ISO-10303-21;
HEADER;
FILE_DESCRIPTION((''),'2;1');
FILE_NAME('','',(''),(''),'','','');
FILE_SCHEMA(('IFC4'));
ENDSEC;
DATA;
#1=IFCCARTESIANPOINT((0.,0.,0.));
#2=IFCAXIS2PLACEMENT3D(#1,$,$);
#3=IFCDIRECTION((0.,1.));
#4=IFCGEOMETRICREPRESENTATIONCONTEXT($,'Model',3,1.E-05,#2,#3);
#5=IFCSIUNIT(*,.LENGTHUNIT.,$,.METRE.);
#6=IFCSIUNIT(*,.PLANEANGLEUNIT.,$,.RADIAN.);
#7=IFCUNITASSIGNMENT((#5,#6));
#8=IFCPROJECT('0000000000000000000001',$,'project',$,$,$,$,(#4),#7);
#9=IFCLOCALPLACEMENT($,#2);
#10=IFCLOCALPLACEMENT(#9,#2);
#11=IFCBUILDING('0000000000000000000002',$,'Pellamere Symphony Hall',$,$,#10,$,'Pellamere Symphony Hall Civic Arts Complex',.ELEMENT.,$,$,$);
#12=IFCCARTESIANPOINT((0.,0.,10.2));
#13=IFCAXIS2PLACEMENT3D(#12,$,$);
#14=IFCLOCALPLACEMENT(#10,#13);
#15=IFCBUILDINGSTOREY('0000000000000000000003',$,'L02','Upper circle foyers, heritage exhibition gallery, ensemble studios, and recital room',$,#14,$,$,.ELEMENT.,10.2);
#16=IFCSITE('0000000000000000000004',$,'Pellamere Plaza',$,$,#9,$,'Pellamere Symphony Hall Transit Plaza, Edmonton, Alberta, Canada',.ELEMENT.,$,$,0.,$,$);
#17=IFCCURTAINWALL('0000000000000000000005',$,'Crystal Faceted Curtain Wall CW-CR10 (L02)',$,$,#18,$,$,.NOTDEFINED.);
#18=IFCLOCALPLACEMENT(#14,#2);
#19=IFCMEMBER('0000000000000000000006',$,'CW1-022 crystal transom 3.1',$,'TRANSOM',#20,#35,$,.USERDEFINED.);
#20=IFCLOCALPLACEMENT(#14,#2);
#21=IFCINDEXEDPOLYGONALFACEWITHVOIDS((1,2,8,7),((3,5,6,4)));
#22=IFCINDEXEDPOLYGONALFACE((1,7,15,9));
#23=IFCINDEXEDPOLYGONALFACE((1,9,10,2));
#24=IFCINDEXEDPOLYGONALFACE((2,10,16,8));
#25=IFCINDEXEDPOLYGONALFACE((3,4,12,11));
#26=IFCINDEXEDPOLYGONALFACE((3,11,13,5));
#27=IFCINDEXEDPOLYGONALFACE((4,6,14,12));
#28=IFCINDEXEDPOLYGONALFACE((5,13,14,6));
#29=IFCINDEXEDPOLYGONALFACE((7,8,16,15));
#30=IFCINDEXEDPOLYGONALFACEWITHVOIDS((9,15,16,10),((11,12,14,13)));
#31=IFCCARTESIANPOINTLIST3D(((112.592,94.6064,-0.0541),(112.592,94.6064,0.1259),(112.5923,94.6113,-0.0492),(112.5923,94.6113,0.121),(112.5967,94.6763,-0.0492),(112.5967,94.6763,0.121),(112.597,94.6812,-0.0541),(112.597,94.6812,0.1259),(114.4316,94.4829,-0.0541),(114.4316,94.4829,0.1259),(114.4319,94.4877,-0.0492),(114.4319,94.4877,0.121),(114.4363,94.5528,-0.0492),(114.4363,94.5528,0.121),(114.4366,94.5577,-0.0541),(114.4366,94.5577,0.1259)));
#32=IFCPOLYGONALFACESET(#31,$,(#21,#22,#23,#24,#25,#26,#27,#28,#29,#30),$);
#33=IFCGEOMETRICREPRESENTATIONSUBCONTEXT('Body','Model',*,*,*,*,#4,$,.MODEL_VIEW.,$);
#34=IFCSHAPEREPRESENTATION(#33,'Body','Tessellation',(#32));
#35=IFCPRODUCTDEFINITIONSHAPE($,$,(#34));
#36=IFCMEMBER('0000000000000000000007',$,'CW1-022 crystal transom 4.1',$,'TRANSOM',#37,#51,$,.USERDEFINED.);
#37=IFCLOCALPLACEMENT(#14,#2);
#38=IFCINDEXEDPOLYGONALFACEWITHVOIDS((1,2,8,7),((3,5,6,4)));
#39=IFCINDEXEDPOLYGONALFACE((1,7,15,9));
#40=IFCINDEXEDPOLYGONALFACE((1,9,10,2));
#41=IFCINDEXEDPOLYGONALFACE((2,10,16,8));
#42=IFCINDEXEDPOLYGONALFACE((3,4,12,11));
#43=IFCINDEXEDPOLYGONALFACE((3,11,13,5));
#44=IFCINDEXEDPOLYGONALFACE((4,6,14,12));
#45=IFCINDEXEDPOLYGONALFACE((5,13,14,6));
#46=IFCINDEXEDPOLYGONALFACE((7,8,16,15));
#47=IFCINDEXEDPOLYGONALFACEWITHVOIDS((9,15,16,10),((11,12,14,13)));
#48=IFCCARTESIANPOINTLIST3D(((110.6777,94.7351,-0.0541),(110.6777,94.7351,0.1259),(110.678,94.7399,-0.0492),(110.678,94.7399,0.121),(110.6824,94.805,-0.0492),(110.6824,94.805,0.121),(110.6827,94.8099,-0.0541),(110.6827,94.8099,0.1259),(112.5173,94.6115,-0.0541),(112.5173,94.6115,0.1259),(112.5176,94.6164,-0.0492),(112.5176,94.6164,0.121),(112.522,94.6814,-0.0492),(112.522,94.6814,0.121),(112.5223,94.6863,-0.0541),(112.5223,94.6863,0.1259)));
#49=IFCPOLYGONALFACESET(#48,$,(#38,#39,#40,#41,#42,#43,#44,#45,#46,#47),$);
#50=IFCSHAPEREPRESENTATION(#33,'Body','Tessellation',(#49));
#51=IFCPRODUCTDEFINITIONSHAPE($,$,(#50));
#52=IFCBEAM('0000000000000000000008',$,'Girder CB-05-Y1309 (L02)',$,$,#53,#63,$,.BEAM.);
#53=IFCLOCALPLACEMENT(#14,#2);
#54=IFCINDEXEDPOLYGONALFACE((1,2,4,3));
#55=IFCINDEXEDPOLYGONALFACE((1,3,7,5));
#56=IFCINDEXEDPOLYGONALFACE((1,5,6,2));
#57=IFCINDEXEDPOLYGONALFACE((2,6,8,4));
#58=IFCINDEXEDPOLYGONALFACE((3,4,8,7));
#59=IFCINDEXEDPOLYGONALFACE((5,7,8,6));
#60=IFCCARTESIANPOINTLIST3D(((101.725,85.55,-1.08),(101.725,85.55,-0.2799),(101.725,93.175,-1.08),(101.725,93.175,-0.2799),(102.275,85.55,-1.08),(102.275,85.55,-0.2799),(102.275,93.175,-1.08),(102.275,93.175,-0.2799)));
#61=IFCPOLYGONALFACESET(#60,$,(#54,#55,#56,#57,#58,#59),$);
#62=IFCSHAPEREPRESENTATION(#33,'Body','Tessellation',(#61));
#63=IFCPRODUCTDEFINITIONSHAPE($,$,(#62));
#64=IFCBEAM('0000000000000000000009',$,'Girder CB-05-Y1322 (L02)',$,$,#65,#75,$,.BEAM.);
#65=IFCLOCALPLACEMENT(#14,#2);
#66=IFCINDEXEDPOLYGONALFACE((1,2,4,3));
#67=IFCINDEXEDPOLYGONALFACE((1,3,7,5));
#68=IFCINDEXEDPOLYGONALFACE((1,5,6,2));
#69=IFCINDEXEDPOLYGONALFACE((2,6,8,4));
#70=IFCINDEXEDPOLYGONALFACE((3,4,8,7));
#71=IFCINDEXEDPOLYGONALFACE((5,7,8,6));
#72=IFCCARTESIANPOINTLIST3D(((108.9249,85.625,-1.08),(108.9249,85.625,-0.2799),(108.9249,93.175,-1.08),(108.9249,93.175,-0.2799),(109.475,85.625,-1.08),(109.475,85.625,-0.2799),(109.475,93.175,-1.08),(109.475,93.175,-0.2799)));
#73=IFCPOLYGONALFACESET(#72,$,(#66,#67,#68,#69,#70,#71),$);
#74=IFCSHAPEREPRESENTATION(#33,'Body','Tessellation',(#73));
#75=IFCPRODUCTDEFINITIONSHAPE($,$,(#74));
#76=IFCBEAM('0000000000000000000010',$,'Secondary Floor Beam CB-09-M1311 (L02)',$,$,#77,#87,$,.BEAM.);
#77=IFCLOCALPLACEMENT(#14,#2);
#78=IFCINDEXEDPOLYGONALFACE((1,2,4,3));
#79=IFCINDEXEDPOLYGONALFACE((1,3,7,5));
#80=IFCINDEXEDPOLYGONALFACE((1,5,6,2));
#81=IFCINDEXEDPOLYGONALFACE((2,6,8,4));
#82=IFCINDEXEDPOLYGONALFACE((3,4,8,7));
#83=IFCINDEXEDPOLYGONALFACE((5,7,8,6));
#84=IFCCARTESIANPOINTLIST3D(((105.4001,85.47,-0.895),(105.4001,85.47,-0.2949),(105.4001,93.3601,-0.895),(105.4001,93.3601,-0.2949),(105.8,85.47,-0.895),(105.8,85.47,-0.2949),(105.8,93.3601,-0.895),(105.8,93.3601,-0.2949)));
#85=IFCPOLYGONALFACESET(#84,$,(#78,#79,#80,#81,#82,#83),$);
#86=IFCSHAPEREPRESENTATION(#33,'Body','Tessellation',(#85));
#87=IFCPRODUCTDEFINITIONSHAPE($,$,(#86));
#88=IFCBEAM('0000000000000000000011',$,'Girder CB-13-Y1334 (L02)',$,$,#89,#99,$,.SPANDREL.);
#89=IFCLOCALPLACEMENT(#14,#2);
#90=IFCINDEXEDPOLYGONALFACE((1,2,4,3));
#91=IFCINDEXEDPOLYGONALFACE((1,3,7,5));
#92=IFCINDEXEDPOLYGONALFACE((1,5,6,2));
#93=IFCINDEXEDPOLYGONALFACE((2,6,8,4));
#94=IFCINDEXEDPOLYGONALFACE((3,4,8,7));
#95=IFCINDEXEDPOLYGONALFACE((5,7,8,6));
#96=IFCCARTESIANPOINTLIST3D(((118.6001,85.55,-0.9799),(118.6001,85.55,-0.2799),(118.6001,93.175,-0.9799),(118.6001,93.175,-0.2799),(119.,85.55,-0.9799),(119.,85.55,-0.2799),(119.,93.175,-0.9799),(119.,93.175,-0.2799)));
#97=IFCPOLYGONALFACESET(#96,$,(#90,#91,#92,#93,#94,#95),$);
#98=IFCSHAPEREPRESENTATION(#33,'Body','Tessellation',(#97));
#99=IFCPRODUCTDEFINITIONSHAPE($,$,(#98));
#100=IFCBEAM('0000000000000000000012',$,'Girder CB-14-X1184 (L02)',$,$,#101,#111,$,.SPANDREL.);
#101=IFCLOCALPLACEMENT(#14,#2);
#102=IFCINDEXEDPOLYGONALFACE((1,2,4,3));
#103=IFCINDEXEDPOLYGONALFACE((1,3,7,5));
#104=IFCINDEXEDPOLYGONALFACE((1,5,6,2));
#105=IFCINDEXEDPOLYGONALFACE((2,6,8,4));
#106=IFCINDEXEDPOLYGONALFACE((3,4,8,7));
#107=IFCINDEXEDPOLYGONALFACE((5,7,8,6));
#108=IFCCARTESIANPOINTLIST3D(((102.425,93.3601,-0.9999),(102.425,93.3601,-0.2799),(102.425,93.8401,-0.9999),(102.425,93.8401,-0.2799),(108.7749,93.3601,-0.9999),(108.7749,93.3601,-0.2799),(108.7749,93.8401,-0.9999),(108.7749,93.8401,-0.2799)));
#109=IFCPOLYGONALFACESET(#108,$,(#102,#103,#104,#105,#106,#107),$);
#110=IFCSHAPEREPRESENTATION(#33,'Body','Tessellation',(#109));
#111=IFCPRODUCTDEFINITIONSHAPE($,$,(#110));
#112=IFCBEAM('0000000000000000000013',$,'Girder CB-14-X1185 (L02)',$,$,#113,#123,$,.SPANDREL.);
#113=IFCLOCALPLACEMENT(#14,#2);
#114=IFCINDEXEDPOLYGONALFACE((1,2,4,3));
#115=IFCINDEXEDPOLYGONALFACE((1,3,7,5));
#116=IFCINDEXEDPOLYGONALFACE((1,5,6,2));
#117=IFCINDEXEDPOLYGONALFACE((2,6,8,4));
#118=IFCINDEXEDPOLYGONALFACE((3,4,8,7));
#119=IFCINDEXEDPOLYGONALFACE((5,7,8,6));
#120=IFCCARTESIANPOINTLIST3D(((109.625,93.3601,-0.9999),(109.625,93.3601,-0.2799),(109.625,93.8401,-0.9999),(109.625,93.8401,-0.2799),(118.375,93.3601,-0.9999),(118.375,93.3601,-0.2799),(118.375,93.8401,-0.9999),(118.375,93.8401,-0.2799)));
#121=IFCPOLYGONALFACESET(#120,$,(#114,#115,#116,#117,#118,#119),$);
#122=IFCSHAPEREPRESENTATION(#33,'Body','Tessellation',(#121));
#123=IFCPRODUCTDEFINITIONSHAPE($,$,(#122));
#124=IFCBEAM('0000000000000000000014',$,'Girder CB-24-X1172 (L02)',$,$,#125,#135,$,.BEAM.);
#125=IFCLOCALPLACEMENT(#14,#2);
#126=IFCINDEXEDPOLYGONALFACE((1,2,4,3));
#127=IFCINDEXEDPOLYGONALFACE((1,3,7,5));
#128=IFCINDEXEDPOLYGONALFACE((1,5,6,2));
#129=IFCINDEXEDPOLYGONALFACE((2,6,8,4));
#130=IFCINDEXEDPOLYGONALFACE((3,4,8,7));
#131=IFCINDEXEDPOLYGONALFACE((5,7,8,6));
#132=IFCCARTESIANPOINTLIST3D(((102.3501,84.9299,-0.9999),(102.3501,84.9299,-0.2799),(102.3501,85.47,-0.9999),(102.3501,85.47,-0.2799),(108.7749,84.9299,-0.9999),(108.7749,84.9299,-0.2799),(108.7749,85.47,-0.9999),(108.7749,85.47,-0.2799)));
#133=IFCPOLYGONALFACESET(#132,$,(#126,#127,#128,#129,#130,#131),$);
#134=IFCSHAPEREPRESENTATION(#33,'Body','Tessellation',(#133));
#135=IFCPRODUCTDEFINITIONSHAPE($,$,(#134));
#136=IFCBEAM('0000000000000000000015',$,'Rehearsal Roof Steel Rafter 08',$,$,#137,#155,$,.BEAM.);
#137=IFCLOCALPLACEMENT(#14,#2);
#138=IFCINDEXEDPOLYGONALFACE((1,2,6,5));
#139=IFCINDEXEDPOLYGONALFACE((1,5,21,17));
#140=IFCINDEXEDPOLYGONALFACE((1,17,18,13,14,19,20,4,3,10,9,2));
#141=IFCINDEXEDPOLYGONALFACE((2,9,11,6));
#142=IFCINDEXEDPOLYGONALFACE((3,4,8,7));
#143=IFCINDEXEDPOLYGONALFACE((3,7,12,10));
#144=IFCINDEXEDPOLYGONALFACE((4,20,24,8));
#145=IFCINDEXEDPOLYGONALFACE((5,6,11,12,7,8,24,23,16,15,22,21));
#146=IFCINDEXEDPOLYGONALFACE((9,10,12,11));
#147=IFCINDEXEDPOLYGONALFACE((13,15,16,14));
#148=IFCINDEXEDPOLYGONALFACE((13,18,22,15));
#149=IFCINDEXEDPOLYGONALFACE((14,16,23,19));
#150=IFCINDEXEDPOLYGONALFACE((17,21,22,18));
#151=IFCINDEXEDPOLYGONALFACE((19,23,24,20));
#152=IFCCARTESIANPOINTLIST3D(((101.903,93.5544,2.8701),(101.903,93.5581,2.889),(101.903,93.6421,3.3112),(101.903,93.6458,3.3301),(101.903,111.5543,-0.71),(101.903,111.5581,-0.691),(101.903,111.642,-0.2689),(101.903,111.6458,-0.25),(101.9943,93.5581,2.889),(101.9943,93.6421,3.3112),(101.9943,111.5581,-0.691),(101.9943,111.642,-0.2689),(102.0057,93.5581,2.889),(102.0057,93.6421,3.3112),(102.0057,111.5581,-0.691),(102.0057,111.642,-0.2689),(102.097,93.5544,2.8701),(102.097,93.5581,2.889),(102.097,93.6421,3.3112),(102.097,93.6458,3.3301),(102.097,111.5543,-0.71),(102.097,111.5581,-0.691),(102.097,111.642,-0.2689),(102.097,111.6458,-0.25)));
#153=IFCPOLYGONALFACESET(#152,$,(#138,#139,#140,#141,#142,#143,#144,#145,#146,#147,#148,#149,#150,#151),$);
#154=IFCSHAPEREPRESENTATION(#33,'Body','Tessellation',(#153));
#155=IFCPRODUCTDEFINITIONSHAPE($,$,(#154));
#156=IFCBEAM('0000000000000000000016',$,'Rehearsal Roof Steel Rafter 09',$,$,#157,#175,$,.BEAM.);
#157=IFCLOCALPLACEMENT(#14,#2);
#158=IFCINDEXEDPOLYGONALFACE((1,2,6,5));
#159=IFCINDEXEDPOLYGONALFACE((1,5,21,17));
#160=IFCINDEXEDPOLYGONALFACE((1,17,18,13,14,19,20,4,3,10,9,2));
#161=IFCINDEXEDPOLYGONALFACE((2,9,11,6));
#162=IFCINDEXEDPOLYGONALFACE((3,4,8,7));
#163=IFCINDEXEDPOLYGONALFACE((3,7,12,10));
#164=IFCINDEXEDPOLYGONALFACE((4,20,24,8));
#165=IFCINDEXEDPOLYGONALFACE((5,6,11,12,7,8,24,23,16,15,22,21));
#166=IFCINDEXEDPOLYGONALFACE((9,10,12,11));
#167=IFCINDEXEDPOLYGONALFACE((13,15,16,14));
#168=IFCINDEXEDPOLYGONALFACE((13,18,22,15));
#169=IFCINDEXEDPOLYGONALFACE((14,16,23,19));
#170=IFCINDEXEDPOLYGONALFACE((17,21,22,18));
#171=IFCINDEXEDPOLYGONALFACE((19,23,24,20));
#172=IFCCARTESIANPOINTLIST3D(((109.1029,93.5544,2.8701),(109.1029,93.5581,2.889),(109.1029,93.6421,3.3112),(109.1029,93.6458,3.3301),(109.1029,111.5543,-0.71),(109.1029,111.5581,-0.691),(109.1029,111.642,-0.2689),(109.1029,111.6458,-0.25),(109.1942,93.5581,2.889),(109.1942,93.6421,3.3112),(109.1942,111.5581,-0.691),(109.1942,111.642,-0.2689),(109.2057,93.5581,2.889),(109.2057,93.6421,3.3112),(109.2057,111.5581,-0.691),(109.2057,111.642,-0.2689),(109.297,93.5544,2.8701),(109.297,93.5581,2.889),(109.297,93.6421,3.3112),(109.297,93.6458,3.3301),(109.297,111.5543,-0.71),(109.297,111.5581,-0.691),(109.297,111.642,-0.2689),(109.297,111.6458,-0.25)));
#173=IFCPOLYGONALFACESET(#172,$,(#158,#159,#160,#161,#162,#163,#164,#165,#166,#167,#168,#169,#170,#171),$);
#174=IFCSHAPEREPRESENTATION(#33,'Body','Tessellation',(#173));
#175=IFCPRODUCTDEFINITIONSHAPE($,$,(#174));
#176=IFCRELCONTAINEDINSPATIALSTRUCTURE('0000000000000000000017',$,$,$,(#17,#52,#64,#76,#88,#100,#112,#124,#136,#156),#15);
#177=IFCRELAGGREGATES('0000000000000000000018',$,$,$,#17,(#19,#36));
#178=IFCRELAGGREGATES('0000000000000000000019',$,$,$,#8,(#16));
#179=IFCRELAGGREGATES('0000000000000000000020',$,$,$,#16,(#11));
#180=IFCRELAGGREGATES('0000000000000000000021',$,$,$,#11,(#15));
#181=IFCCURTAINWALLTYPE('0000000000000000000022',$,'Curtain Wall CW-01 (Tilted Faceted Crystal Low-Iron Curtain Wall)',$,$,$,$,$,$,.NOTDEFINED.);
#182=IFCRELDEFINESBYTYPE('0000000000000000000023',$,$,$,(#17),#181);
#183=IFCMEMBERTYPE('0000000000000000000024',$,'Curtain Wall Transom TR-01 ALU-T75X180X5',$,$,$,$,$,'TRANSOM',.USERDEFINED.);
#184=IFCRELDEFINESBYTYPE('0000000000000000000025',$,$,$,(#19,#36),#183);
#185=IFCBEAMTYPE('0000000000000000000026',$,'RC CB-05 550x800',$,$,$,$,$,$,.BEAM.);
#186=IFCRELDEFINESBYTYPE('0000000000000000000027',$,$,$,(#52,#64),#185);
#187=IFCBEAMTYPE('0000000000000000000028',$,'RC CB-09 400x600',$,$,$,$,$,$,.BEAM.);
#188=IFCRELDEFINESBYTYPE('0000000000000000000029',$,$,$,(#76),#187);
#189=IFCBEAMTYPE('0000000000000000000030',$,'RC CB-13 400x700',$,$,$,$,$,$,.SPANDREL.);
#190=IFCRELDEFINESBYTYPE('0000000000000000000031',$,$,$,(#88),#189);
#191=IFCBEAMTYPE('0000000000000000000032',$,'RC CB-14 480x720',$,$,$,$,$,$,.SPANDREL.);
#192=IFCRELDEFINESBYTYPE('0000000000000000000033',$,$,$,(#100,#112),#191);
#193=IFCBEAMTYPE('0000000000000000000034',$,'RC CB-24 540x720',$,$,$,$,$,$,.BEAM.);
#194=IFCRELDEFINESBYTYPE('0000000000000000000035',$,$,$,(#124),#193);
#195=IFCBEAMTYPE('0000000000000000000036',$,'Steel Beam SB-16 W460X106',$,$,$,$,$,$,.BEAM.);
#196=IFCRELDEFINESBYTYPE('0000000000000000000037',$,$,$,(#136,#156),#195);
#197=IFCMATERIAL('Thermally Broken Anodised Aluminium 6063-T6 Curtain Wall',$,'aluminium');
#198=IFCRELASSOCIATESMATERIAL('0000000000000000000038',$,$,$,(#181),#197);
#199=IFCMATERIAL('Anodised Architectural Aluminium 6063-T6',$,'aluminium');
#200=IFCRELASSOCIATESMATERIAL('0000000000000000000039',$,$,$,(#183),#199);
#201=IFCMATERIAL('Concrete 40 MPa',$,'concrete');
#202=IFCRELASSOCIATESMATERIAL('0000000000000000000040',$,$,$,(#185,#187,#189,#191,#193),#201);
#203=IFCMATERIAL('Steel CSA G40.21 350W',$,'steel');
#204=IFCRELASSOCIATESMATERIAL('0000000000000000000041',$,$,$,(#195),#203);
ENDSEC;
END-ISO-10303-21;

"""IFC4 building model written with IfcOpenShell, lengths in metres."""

from ifc_helpers import new_model, si_unit, direction, frame, origin, origin_2d, place, context, subcontext, project, spatial, rectangle, hollow_rectangle, i_section, extrude, material, material_profile, profile_set, type_object, element, aggregate, save


model = new_model("IFC4")

# Units and contexts
model_context = context("Model", 3, precision=1e-05, world=origin(), true_north=direction((0.0, 1.0)))
body_context = subcontext(model_context, "Body", "Model", "MODEL_VIEW")
ifc_project = project(units=[si_unit("LENGTHUNIT", "METRE"), si_unit("PLANEANGLEUNIT", "RADIAN")], contexts=[model_context])

# Site, building, storey
site_placement = place(None, origin())
site = spatial("IfcSite", under=ifc_project, at=site_placement, Name="Pellamere Plaza", LongName="Pellamere Symphony Hall Transit Plaza, Edmonton, Alberta, Canada", CompositionType="ELEMENT", RefElevation=0.0)
building_placement = place(site_placement, origin())
building = spatial("IfcBuilding", under=site, at=building_placement, Name="Pellamere Symphony Hall", LongName="Pellamere Symphony Hall Civic Arts Complex", CompositionType="ELEMENT")
storey_placement = place(building_placement, frame((0.0, 0.0, 10.2)))
storey = spatial("IfcBuildingStorey", under=building, at=storey_placement, Name="L02", Description="Upper circle foyers, heritage exhibition gallery, ensemble studios, and recital room", CompositionType="ELEMENT", Elevation=10.2)

# Shared definitions
ifc_material_1 = material(Name="Concrete 40 MPa", Category="concrete")

# Curtain wall, members
ifc_material_2 = material(Name="Thermally Broken Anodised Aluminium 6063-T6 Curtain Wall", Category="aluminium")
curtain_wall_type = type_object("IfcCurtainWallType", Name="Curtain Wall CW-01 (Tilted Faceted Crystal Low-Iron Curtain Wall)", PredefinedType="NOTDEFINED", material=ifc_material_2)
curtain_wall_placement = place(storey_placement, origin())
curtain_wall = element("IfcCurtainWall", 1, at=curtain_wall_placement, inside=storey, type_object=curtain_wall_type, Name="Crystal Faceted Curtain Wall CW-CR10 (L02)", PredefinedType="NOTDEFINED")
ifc_material_3 = material(Name="Anodised Architectural Aluminium 6063-T6", Category="aluminium")
ifc_material_profile_1 = material_profile(ifc_material_3, hollow_rectangle(XDim=0.075, YDim=0.1799, WallThickness=0.0049, at=origin_2d()), Name="ALU-T75X180X5")
ifc_profile_set_1 = profile_set([ifc_material_profile_1], Name="Anodised Architectural Aluminium 6063-T6")
member_type_1 = type_object("IfcMemberType", Name="Curtain Wall Transom TR-01 ALU-T75X180X5", ElementType="TRANSOM", PredefinedType="USERDEFINED", material=ifc_profile_set_1)
member_1_placement = place(storey_placement, frame((114.4341, 94.5203, 0.0359), z_axis=(-0.997753, 0.067002, 0.0), x_axis=(-0.067002, -0.997753, 0.0)))
member_1 = element("IfcMember", 2, at=member_1_placement, type_object=member_type_1, Name="CW1-022 crystal transom 3.1", ObjectType="TRANSOM", PredefinedType="USERDEFINED", context=body_context, shape_type="SweptSolid", body=[
    extrude(hollow_rectangle(XDim=0.075, YDim=0.1799, WallThickness=0.0049, at=origin_2d()), origin(), (0.0, 0.0, 1.0), 1.8438),
])
member_2_placement = place(storey_placement, frame((112.5198, 94.6489, 0.0359), z_axis=(-0.997753, 0.067002, 0.0), x_axis=(-0.067002, -0.997753, 0.0)))
member_2 = element("IfcMember", 3, at=member_2_placement, type_object=member_type_1, Name="CW1-022 crystal transom 4.1", ObjectType="TRANSOM", PredefinedType="USERDEFINED", context=body_context, shape_type="SweptSolid", body=[
    extrude(hollow_rectangle(XDim=0.075, YDim=0.1799, WallThickness=0.0049, at=origin_2d()), origin(), (0.0, 0.0, 1.0), 1.8438),
])

# Beams
ifc_material_profile_2 = material_profile(ifc_material_1, rectangle(XDim=0.55, YDim=0.8, at=origin_2d()), Name="RC 550x800")
ifc_profile_set_2 = profile_set([ifc_material_profile_2], Name="Concrete 40 MPa")
beam_type_1 = type_object("IfcBeamType", Name="RC CB-05 550x800", PredefinedType="BEAM", material=ifc_profile_set_2)
beam_1_placement = place(storey_placement, frame((102.0, 85.55, -0.6799), z_axis=(0.0, 1.0, 0.0), x_axis=(-1.0, 0.0, 0.0)))
element("IfcBeam", 4, at=beam_1_placement, inside=storey, type_object=beam_type_1, Name="Girder CB-05-Y1309 (L02)", PredefinedType="BEAM", context=body_context, shape_type="SweptSolid", body=[
    extrude(rectangle(XDim=0.55, YDim=0.8, at=origin_2d()), origin(), (0.0, 0.0, 1.0), 7.625),
])
beam_2_placement = place(storey_placement, frame((109.2, 85.625, -0.6799), z_axis=(0.0, 1.0, 0.0), x_axis=(-1.0, 0.0, 0.0)))
element("IfcBeam", 5, at=beam_2_placement, inside=storey, type_object=beam_type_1, Name="Girder CB-05-Y1322 (L02)", PredefinedType="BEAM", context=body_context, shape_type="SweptSolid", body=[
    extrude(rectangle(XDim=0.55, YDim=0.8, at=origin_2d()), origin(), (0.0, 0.0, 1.0), 7.55),
])
ifc_material_profile_3 = material_profile(ifc_material_1, rectangle(XDim=0.3999, YDim=0.6001, at=origin_2d()), Name="RC 400x600")
ifc_profile_set_3 = profile_set([ifc_material_profile_3], Name="Concrete 40 MPa")
beam_type_2 = type_object("IfcBeamType", Name="RC CB-09 400x600", PredefinedType="BEAM", material=ifc_profile_set_3)
beam_3_placement = place(storey_placement, frame((105.6001, 85.47, -0.595), z_axis=(0.0, 1.0, 0.0), x_axis=(-1.0, 0.0, 0.0)))
element("IfcBeam", 6, at=beam_3_placement, inside=storey, type_object=beam_type_2, Name="Secondary Floor Beam CB-09-M1311 (L02)", PredefinedType="BEAM", context=body_context, shape_type="SweptSolid", body=[
    extrude(rectangle(XDim=0.3999, YDim=0.6001, at=origin_2d()), origin(), (0.0, 0.0, 1.0), 7.8901),
])
ifc_material_profile_4 = material_profile(ifc_material_1, rectangle(XDim=0.3999, YDim=0.7, at=origin_2d()), Name="RC 400x700")
ifc_profile_set_4 = profile_set([ifc_material_profile_4], Name="Concrete 40 MPa")
beam_type_3 = type_object("IfcBeamType", Name="RC CB-13 400x700", PredefinedType="SPANDREL", material=ifc_profile_set_4)
beam_4_placement = place(storey_placement, frame((118.8, 85.55, -0.6299), z_axis=(0.0, 1.0, 0.0), x_axis=(-1.0, 0.0, 0.0)))
element("IfcBeam", 7, at=beam_4_placement, inside=storey, type_object=beam_type_3, Name="Girder CB-13-Y1334 (L02)", PredefinedType="SPANDREL", context=body_context, shape_type="SweptSolid", body=[
    extrude(rectangle(XDim=0.3999, YDim=0.7, at=origin_2d()), origin(), (0.0, 0.0, 1.0), 7.625),
])
ifc_material_profile_5 = material_profile(ifc_material_1, rectangle(XDim=0.48, YDim=0.72, at=origin_2d()), Name="RC 480x720")
ifc_profile_set_5 = profile_set([ifc_material_profile_5], Name="Concrete 40 MPa")
beam_type_4 = type_object("IfcBeamType", Name="RC CB-14 480x720", PredefinedType="SPANDREL", material=ifc_profile_set_5)
beam_5_placement = place(storey_placement, frame((102.425, 93.6001, -0.6399), z_axis=(1.0, 0.0, 0.0), x_axis=(0.0, 1.0, 0.0)))
element("IfcBeam", 8, at=beam_5_placement, inside=storey, type_object=beam_type_4, Name="Girder CB-14-X1184 (L02)", PredefinedType="SPANDREL", context=body_context, shape_type="SweptSolid", body=[
    extrude(rectangle(XDim=0.48, YDim=0.72, at=origin_2d()), origin(), (0.0, 0.0, 1.0), 6.3499),
])
beam_6_placement = place(storey_placement, frame((109.625, 93.6001, -0.6399), z_axis=(1.0, 0.0, 0.0), x_axis=(0.0, 1.0, 0.0)))
element("IfcBeam", 9, at=beam_6_placement, inside=storey, type_object=beam_type_4, Name="Girder CB-14-X1185 (L02)", PredefinedType="SPANDREL", context=body_context, shape_type="SweptSolid", body=[
    extrude(rectangle(XDim=0.48, YDim=0.72, at=origin_2d()), origin(), (0.0, 0.0, 1.0), 8.75),
])
ifc_material_profile_6 = material_profile(ifc_material_1, rectangle(XDim=0.54, YDim=0.72, at=origin_2d()), Name="RC 540x720")
ifc_profile_set_6 = profile_set([ifc_material_profile_6], Name="Concrete 40 MPa")
beam_type_5 = type_object("IfcBeamType", Name="RC CB-24 540x720", PredefinedType="BEAM", material=ifc_profile_set_6)
beam_7_placement = place(storey_placement, frame((102.3501, 85.2, -0.6399), z_axis=(1.0, 0.0, 0.0), x_axis=(0.0, 1.0, 0.0)))
element("IfcBeam", 10, at=beam_7_placement, inside=storey, type_object=beam_type_5, Name="Girder CB-24-X1172 (L02)", PredefinedType="BEAM", context=body_context, shape_type="SweptSolid", body=[
    extrude(rectangle(XDim=0.54, YDim=0.72, at=origin_2d()), origin(), (0.0, 0.0, 1.0), 6.4248),
])
ifc_material_4 = material(Name="Steel CSA G40.21 350W", Category="steel")
ifc_material_profile_7 = material_profile(ifc_material_4, i_section(OverallWidth=0.1941, OverallDepth=0.469, WebThickness=0.0115, FlangeThickness=0.0193, at=origin_2d()), Name="W460X106")
ifc_profile_set_7 = profile_set([ifc_material_profile_7], Name="Steel CSA G40.21 350W")
beam_type_6 = type_object("IfcBeamType", Name="Steel Beam SB-16 W460X106", PredefinedType="BEAM", material=ifc_profile_set_7)
for number, where, z_axis, x_axis, name in (
    (11, (102.0, 93.6001, 3.1001), (0.0, 0.980789, -0.195072), (-1.0, 0.0, 0.0), "Rehearsal Roof Steel Rafter 08"),
    (12, (109.2, 93.6001, 3.1001), (0.0, 0.980789, -0.195072), (-1.0, 0.0, 0.0), "Rehearsal Roof Steel Rafter 09"),
):
    element("IfcBeam", number, at=place(storey_placement, frame(where, z_axis=z_axis, x_axis=x_axis)), inside=storey, type_object=beam_type_6, Name=name, PredefinedType="BEAM", context=body_context, shape_type="SweptSolid", body=[
        extrude(i_section(OverallWidth=0.1941, OverallDepth=0.469, WebThickness=0.0115, FlangeThickness=0.0193, at=origin_2d()), origin(), (0.0, 0.0, 1.0), 18.3525),
    ])

aggregate(curtain_wall, [member_1, member_2])

save(model, "model.ifc")
